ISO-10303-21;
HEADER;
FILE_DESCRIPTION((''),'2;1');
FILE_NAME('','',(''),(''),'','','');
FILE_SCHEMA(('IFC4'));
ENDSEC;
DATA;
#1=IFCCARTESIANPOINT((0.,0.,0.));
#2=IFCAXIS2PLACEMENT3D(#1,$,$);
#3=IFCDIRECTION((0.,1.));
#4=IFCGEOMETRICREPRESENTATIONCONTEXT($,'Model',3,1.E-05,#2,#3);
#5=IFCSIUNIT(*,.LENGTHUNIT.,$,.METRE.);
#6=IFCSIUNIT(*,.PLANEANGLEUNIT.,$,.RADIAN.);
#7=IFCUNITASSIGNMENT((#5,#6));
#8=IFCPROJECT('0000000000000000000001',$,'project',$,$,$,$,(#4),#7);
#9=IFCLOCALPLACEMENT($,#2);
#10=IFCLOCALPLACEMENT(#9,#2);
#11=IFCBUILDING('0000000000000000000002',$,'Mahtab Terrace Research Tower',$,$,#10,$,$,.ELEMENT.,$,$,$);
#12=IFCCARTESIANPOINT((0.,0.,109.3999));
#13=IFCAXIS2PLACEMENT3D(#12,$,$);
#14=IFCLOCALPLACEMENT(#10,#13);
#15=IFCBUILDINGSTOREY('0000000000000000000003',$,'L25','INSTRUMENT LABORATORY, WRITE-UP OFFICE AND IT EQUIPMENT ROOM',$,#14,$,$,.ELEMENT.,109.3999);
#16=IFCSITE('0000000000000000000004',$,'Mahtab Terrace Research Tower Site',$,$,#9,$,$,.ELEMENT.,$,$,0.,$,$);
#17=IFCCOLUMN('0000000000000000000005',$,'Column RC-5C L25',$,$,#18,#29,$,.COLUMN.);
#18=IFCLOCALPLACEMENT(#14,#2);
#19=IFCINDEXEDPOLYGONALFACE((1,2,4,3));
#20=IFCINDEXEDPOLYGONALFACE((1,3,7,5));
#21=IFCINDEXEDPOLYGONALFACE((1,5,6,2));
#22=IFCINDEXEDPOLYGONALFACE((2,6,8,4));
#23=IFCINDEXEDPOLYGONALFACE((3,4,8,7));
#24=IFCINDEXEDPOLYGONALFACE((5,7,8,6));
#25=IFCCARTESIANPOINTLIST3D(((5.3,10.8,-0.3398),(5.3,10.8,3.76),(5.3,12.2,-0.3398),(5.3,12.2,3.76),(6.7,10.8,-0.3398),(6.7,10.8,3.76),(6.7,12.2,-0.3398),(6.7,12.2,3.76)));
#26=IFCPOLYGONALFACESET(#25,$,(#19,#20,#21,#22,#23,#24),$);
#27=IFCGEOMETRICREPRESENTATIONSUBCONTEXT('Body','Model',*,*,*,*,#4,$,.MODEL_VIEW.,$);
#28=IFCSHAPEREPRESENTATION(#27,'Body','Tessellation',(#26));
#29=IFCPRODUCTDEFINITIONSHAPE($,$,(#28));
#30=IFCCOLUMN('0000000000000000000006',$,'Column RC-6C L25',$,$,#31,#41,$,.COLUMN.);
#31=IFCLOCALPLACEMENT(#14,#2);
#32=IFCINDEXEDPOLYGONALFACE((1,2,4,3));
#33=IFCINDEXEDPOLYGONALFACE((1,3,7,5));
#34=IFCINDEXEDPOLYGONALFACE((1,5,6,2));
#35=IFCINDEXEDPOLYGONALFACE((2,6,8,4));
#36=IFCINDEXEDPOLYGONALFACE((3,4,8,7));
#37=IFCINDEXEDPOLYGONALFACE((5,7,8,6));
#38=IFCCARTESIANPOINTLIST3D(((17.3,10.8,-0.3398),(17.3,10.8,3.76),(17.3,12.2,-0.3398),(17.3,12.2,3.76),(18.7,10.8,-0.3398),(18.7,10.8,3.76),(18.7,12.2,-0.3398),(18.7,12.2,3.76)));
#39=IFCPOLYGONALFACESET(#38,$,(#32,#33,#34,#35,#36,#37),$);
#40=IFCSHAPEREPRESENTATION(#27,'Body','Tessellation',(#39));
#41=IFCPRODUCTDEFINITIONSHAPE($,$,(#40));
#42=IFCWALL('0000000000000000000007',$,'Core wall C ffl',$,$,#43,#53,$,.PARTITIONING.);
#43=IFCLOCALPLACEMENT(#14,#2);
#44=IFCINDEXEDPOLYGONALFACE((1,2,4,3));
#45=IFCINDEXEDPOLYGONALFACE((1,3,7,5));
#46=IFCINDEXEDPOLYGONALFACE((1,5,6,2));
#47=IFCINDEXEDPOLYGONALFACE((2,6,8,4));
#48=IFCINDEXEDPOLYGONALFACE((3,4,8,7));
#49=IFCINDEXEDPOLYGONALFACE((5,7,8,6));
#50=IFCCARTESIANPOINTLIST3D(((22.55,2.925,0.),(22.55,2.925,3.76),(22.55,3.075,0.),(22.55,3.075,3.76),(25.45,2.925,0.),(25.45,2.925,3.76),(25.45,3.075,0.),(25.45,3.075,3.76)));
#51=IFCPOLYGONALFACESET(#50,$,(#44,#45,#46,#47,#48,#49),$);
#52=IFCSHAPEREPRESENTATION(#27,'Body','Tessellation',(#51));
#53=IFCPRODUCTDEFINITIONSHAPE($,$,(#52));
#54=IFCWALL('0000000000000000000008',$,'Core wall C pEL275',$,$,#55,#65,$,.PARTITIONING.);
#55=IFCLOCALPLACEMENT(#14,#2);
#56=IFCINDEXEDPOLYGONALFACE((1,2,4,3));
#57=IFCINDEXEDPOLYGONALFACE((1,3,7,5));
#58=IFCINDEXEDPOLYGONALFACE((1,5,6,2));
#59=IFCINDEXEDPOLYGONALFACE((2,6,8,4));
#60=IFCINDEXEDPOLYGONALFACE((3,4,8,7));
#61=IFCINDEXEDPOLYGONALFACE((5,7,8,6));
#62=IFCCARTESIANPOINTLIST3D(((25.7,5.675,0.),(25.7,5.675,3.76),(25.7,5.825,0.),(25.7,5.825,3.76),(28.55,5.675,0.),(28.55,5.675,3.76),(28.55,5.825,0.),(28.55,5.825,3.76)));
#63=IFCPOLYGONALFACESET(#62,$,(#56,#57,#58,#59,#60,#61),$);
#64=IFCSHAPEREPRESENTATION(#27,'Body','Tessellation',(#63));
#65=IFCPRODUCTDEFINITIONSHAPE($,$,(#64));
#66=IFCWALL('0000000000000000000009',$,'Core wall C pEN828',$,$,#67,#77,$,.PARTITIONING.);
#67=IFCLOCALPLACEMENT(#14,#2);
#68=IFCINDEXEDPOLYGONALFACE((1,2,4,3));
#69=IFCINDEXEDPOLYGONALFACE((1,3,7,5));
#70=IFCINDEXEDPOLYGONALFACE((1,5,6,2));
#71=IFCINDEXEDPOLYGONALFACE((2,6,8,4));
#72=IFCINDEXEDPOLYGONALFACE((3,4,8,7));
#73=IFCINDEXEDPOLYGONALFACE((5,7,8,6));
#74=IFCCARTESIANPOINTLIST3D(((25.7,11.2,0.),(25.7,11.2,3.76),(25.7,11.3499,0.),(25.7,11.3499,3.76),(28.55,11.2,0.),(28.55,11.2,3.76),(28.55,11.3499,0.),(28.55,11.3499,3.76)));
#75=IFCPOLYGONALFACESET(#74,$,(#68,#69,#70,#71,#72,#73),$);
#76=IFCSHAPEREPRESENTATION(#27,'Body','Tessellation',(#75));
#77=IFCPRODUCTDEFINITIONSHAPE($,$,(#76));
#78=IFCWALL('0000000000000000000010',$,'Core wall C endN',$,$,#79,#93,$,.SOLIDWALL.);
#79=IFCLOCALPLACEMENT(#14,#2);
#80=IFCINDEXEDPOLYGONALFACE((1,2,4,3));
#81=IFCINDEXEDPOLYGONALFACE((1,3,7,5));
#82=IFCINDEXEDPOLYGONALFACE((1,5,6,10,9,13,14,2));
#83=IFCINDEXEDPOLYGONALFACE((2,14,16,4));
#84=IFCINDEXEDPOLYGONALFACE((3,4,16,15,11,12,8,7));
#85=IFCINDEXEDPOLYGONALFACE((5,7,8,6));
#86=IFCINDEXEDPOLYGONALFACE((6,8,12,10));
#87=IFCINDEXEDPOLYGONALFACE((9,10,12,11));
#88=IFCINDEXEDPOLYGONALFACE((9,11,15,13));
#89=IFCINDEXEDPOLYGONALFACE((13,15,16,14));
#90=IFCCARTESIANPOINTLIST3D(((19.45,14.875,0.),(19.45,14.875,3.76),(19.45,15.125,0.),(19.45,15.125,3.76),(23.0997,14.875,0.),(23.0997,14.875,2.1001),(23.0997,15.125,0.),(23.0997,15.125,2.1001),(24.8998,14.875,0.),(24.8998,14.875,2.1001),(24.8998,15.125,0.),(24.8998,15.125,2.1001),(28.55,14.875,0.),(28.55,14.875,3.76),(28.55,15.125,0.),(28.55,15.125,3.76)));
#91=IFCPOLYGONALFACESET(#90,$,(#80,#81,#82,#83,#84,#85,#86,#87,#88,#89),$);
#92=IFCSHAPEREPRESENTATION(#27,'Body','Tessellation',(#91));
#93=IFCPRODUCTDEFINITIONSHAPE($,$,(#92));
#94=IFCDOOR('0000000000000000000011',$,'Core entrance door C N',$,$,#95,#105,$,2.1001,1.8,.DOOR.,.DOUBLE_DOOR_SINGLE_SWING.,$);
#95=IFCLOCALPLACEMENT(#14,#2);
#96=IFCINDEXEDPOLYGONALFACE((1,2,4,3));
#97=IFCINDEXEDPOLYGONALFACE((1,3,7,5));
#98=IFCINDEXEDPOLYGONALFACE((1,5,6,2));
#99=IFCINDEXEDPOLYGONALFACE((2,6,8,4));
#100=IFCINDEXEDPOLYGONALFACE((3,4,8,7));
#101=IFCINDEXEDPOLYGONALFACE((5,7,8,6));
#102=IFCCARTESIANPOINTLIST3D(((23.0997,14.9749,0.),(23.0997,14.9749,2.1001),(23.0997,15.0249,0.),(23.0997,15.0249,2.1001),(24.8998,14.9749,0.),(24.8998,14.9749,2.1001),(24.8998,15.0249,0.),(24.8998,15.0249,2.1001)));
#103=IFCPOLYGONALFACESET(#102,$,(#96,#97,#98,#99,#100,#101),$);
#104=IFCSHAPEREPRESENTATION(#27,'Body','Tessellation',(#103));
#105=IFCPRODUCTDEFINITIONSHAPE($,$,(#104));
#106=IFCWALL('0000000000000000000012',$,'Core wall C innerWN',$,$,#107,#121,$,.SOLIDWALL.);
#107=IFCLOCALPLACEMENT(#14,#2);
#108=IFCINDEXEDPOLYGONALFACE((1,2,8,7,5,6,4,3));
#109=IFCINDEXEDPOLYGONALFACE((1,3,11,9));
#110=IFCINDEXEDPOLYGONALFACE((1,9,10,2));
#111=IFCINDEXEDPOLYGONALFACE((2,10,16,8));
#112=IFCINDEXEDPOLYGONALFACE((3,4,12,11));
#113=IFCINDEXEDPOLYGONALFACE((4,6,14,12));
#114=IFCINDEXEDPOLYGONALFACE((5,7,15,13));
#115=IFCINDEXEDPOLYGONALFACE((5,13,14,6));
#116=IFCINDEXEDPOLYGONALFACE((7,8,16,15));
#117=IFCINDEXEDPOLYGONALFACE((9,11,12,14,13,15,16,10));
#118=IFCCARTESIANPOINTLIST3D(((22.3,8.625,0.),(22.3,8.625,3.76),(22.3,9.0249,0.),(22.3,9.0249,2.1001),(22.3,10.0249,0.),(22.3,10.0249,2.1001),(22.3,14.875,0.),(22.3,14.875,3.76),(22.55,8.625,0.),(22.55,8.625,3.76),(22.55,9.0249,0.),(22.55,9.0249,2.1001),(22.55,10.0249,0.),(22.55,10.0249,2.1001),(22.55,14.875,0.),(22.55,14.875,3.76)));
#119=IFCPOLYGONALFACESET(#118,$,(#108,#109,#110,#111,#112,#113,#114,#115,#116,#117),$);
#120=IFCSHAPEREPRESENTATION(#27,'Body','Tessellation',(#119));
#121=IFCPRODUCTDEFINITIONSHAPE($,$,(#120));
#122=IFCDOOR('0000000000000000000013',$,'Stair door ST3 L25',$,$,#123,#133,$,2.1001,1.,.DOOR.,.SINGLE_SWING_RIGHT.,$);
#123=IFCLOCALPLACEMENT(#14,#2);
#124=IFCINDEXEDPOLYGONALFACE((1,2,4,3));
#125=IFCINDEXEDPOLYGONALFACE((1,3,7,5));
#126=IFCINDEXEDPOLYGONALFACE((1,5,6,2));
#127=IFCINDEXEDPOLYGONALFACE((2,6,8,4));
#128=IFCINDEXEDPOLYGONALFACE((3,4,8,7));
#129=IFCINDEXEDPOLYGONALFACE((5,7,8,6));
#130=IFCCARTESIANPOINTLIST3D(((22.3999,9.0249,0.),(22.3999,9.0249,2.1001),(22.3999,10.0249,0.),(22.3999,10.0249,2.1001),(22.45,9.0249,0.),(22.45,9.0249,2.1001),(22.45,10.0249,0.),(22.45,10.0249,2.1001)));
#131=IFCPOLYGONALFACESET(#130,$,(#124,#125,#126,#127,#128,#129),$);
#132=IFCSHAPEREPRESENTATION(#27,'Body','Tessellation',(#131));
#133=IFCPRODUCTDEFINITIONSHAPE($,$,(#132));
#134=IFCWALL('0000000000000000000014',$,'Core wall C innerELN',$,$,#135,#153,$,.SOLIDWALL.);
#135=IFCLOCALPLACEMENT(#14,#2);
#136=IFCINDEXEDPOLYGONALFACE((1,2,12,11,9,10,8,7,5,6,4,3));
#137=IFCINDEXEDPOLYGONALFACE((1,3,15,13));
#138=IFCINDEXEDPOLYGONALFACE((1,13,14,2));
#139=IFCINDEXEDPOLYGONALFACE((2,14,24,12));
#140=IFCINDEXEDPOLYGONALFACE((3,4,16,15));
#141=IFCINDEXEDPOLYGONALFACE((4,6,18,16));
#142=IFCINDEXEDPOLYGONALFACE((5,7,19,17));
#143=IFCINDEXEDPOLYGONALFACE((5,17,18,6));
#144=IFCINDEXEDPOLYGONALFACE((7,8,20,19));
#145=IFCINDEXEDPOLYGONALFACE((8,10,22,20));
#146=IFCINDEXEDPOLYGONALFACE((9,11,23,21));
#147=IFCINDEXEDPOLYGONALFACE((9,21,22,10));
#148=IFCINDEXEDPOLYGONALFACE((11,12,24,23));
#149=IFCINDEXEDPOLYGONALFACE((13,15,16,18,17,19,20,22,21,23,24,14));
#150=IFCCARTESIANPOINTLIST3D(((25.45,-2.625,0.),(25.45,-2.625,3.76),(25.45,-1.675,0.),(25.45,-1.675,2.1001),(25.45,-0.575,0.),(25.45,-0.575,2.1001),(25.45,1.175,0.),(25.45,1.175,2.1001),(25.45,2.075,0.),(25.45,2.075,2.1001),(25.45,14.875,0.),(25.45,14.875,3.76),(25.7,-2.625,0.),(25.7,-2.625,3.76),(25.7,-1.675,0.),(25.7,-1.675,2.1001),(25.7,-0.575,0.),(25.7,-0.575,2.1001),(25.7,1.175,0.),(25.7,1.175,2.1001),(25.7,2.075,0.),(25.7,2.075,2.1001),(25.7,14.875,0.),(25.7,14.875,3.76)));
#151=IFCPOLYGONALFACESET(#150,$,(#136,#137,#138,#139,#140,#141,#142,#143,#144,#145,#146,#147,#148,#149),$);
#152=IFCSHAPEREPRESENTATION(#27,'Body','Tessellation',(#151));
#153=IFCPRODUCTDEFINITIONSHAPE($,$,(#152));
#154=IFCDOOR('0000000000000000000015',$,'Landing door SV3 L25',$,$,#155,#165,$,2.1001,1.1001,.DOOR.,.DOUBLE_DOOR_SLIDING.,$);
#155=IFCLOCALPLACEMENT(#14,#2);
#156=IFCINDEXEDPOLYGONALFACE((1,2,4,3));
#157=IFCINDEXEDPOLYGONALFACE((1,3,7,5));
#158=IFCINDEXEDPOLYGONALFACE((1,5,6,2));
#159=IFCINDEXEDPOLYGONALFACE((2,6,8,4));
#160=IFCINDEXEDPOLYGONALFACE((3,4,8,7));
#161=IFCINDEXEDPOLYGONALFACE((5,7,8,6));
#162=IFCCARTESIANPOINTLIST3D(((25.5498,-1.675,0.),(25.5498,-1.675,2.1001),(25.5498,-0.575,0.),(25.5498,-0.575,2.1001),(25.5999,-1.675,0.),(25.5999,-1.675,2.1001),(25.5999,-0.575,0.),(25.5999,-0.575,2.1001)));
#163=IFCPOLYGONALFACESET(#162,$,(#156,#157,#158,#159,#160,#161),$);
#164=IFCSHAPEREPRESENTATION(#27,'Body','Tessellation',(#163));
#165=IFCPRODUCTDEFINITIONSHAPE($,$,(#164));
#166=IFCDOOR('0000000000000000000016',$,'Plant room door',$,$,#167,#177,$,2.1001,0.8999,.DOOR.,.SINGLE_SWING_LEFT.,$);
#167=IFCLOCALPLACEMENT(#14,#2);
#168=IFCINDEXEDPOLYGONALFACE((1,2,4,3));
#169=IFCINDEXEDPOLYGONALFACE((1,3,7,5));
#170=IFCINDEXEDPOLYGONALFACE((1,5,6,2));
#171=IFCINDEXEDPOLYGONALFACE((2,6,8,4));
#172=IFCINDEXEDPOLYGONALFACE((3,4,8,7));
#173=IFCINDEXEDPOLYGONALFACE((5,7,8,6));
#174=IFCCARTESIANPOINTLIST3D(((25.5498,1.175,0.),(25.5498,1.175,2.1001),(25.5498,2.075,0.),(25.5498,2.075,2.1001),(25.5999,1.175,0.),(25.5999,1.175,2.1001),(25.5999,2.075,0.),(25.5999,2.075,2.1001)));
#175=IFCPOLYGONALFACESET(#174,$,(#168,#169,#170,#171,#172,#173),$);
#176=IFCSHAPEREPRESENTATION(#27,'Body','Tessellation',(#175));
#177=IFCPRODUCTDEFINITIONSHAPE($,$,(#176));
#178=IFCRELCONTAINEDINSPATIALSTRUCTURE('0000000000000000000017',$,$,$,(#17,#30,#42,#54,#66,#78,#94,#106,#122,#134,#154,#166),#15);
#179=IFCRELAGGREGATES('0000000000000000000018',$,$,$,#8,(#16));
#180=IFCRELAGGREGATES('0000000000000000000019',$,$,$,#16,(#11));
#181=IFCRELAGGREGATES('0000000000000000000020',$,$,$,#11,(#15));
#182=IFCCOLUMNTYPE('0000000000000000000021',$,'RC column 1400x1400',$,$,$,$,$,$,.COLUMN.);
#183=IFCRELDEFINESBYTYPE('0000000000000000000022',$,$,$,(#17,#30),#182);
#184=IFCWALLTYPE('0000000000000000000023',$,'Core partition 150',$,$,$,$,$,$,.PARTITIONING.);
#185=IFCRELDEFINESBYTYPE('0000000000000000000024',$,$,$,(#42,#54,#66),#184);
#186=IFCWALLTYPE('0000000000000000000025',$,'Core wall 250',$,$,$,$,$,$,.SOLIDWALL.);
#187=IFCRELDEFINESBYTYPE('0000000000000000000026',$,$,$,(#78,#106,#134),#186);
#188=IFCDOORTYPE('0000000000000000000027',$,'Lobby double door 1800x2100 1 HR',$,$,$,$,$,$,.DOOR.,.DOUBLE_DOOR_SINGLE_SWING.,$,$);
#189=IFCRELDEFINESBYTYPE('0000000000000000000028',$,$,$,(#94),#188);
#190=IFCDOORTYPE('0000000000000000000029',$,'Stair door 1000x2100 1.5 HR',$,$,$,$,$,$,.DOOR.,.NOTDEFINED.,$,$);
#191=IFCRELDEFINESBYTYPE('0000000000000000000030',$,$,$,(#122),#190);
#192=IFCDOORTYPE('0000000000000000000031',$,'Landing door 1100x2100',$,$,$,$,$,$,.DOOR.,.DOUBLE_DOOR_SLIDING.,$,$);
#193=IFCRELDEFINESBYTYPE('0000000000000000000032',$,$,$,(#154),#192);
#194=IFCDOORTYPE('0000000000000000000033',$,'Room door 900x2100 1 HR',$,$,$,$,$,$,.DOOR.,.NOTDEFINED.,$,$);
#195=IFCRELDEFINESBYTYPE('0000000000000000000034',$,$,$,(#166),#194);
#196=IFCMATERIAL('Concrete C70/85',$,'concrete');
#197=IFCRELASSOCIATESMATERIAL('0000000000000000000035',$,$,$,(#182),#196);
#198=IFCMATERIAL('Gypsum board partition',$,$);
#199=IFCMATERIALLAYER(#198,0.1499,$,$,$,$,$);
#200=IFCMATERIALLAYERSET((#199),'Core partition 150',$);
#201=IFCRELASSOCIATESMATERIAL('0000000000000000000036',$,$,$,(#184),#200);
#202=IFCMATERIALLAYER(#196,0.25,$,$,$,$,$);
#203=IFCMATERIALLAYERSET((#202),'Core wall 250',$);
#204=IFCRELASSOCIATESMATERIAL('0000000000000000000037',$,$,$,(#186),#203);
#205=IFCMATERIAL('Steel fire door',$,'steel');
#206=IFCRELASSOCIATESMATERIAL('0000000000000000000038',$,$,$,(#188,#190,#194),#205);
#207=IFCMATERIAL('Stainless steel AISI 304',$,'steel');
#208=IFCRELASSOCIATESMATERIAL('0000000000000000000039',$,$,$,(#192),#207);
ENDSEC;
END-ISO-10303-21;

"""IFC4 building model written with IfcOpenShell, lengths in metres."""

from ifc_helpers import new_model, si_unit, direction, frame, frame_2d, origin, origin_2d, place, context, subcontext, project, spatial, rectangle, extrude, material, layer, layer_set, material_profile, profile_set, type_object, element, fill, save


model = new_model("IFC4")

# Units and contexts
model_context = context("Model", 3, precision=1e-05, world=origin(), true_north=direction((0.0, 1.0)))
body_context = subcontext(model_context, "Body", "Model", "MODEL_VIEW")
ifc_project = project(units=[si_unit("LENGTHUNIT", "METRE"), si_unit("PLANEANGLEUNIT", "RADIAN")], contexts=[model_context])

# Site, building, storey
site_placement = place(None, origin())
site = spatial("IfcSite", under=ifc_project, at=site_placement, Name="Mahtab Terrace Research Tower Site", CompositionType="ELEMENT", RefElevation=0.0)
building_placement = place(site_placement, origin())
building = spatial("IfcBuilding", under=site, at=building_placement, Name="Mahtab Terrace Research Tower", CompositionType="ELEMENT")
storey_placement = place(building_placement, frame((0.0, 0.0, 109.3999)))
storey = spatial("IfcBuildingStorey", under=building, at=storey_placement, Name="L25", Description="INSTRUMENT LABORATORY, WRITE-UP OFFICE AND IT EQUIPMENT ROOM", CompositionType="ELEMENT", Elevation=109.3999)

# Columns
ifc_material_1 = material(Name="Concrete C70/85", Category="concrete")
ifc_material_profile = material_profile(ifc_material_1, rectangle(XDim=1.3999, YDim=1.3999, at=origin_2d()), Name="RC column 1400x1400")
ifc_profile_set = profile_set([ifc_material_profile], Name="Concrete C70/85")
column_type = type_object("IfcColumnType", Name="RC column 1400x1400", PredefinedType="COLUMN", material=ifc_profile_set)
for number, where, z_axis, x_axis, name in (
    (1, (6.0, 11.5, -0.3398), (0.0, 0.0, 1.0), (1.0, 0.0, 0.0), "Column RC-5C L25"),
    (2, (18.0, 11.5, -0.3398), (0.0, 0.0, 1.0), (1.0, 0.0, 0.0), "Column RC-6C L25"),
):
    element("IfcColumn", number, at=place(storey_placement, frame(where, z_axis=z_axis, x_axis=x_axis)), inside=storey, type_object=column_type, Name=name, PredefinedType="COLUMN", context=body_context, shape_type="SweptSolid", body=[
        extrude(rectangle(XDim=1.3999, YDim=1.3999, at=origin_2d()), origin(), (0.0, 0.0, 1.0), 4.0999),
    ])

# Walls
ifc_material_2 = material(Name="Gypsum board partition")
ifc_layer_1 = layer(ifc_material_2, 0.1499)
ifc_layer_set_1 = layer_set([ifc_layer_1], Name="Core partition 150")
wall_type_1 = type_object("IfcWallType", Name="Core partition 150", PredefinedType="PARTITIONING", material=ifc_layer_set_1)
wall_1_placement = place(storey_placement, frame((22.55, 3.0, 0.0), z_axis=(0.0, 0.0, 1.0), x_axis=(1.0, 0.0, 0.0)))
element("IfcWall", 3, at=wall_1_placement, inside=storey, type_object=wall_type_1, Name="Core wall C ffl", PredefinedType="PARTITIONING", context=body_context, shape_type="SweptSolid", body=[
    extrude(rectangle(XDim=2.8999, YDim=0.1499, at=frame_2d((1.45, 0.0))), origin(), (0.0, 0.0, 1.0), 3.76),
])
for number, where, z_axis, x_axis, name in (
    (4, (25.7, 5.75, 0.0), (0.0, 0.0, 1.0), (1.0, 0.0, 0.0), "Core wall C pEL275"),
    (5, (25.7, 11.2749, 0.0), (0.0, 0.0, 1.0), (1.0, 0.0, 0.0), "Core wall C pEN828"),
):
    element("IfcWall", number, at=place(storey_placement, frame(where, z_axis=z_axis, x_axis=x_axis)), inside=storey, type_object=wall_type_1, Name=name, PredefinedType="PARTITIONING", context=body_context, shape_type="SweptSolid", body=[
        extrude(rectangle(XDim=2.8501, YDim=0.1499, at=frame_2d((1.425, 0.0))), origin(), (0.0, 0.0, 1.0), 3.76),
    ])

# Walls, openings, doors
ifc_layer_2 = layer(ifc_material_1, 0.25)
ifc_layer_set_2 = layer_set([ifc_layer_2], Name="Core wall 250")
wall_type_2 = type_object("IfcWallType", Name="Core wall 250", PredefinedType="SOLIDWALL", material=ifc_layer_set_2)
wall_2_placement = place(storey_placement, frame((19.45, 15.0, 0.0), z_axis=(0.0, 0.0, 1.0), x_axis=(1.0, 0.0, 0.0)))
wall_2 = element("IfcWall", 6, at=wall_2_placement, inside=storey, type_object=wall_type_2, Name="Core wall C endN", PredefinedType="SOLIDWALL", context=body_context, shape_type="SweptSolid", body=[
    extrude(rectangle(XDim=9.1001, YDim=0.25, at=frame_2d((4.55, 0.0))), origin(), (0.0, 0.0, 1.0), 3.76),
])
opening_1_placement = place(wall_2_placement, frame((3.6499, 0.0, 0.0)))
opening_1 = element("IfcOpeningElement", 7, at=opening_1_placement, cuts=wall_2, PredefinedType="OPENING", context=body_context, shape_type="SweptSolid", body=[
    extrude(rectangle(XDim=1.8, YDim=2.1001, at=frame_2d((0.8999, 1.05))), frame((0.0, 0.135, 0.0), z_axis=(0.0, -1.0, 0.0), x_axis=(1.0, 0.0, 0.0)), (0.0, 0.0, 1.0), 0.27),
])
ifc_material_3 = material(Name="Steel fire door", Category="steel")
door_type_1 = type_object("IfcDoorType", Name="Lobby double door 1800x2100 1 HR", OperationType="DOUBLE_DOOR_SINGLE_SWING", PredefinedType="DOOR", material=ifc_material_3)
door_1_placement = place(opening_1_placement, origin())
door_1 = element("IfcDoor", 8, at=door_1_placement, inside=storey, type_object=door_type_1, Name="Core entrance door C N", OperationType="DOUBLE_DOOR_SINGLE_SWING", OverallHeight=2.1001, OverallWidth=1.8, PredefinedType="DOOR", context=body_context, shape_type="SweptSolid", body=[
    extrude(rectangle(XDim=1.8, YDim=2.1001, at=frame_2d((0.8999, 1.05))), frame((0.0, 0.0249, 0.0), z_axis=(0.0, -1.0, 0.0), x_axis=(1.0, 0.0, 0.0)), (0.0, 0.0, 1.0), 0.05),
])
fill(opening_1, door_1)
wall_3_placement = place(storey_placement, frame((22.425, 14.875, 0.0), z_axis=(0.0, 0.0, 1.0), x_axis=(0.0, -1.0, 0.0)))
wall_3 = element("IfcWall", 9, at=wall_3_placement, inside=storey, type_object=wall_type_2, Name="Core wall C innerWN", PredefinedType="SOLIDWALL", context=body_context, shape_type="SweptSolid", body=[
    extrude(rectangle(XDim=6.25, YDim=0.25, at=frame_2d((3.125, 0.0))), origin(), (0.0, 0.0, 1.0), 3.76),
])
opening_2_placement = place(wall_3_placement, frame((4.8501, 0.0, 0.0)))
opening_2 = element("IfcOpeningElement", 10, at=opening_2_placement, cuts=wall_3, PredefinedType="OPENING", context=body_context, shape_type="SweptSolid", body=[
    extrude(rectangle(XDim=1.0, YDim=2.1001, at=frame_2d((0.5, 1.05))), frame((0.0, 0.135, 0.0), z_axis=(0.0, -1.0, 0.0), x_axis=(1.0, 0.0, 0.0)), (0.0, 0.0, 1.0), 0.27),
])
door_type_2 = type_object("IfcDoorType", Name="Stair door 1000x2100 1.5 HR", OperationType="NOTDEFINED", PredefinedType="DOOR", material=ifc_material_3)
door_2_placement = place(opening_2_placement, origin())
door_2 = element("IfcDoor", 11, at=door_2_placement, inside=storey, type_object=door_type_2, Name="Stair door ST3 L25", OperationType="SINGLE_SWING_RIGHT", OverallHeight=2.1001, OverallWidth=1.0, PredefinedType="DOOR", context=body_context, shape_type="SweptSolid", body=[
    extrude(rectangle(XDim=1.0, YDim=2.1001, at=frame_2d((0.5, 1.05))), frame((0.0, 0.0249, 0.0), z_axis=(0.0, -1.0, 0.0), x_axis=(1.0, 0.0, 0.0)), (0.0, 0.0, 1.0), 0.05),
])
fill(opening_2, door_2)

# Wall, openings, doors
wall_4_placement = place(storey_placement, frame((25.575, 14.875, 0.0), z_axis=(0.0, 0.0, 1.0), x_axis=(0.0, -1.0, 0.0)))
wall_4 = element("IfcWall", 12, at=wall_4_placement, inside=storey, type_object=wall_type_2, Name="Core wall C innerELN", PredefinedType="SOLIDWALL", context=body_context, shape_type="SweptSolid", body=[
    extrude(rectangle(XDim=17.5, YDim=0.25, at=frame_2d((8.75, 0.0))), origin(), (0.0, 0.0, 1.0), 3.76),
])
opening_3_placement = place(wall_4_placement, frame((15.45, 0.0, 0.0)))
opening_3 = element("IfcOpeningElement", 13, at=opening_3_placement, cuts=wall_4, PredefinedType="OPENING", context=body_context, shape_type="SweptSolid", body=[
    extrude(rectangle(XDim=1.1001, YDim=2.1001, at=frame_2d((0.55, 1.05))), frame((0.0, 0.135, 0.0), z_axis=(0.0, -1.0, 0.0), x_axis=(1.0, 0.0, 0.0)), (0.0, 0.0, 1.0), 0.27),
])
opening_4_placement = place(wall_4_placement, frame((12.8, 0.0, 0.0)))
opening_4 = element("IfcOpeningElement", 14, at=opening_4_placement, cuts=wall_4, PredefinedType="OPENING", context=body_context, shape_type="SweptSolid", body=[
    extrude(rectangle(XDim=0.8999, YDim=2.1001, at=frame_2d((0.45, 1.05))), frame((0.0, 0.135, 0.0), z_axis=(0.0, -1.0, 0.0), x_axis=(1.0, 0.0, 0.0)), (0.0, 0.0, 1.0), 0.27),
])
ifc_material_4 = material(Name="Stainless steel AISI 304", Category="steel")
door_type_3 = type_object("IfcDoorType", Name="Landing door 1100x2100", OperationType="DOUBLE_DOOR_SLIDING", PredefinedType="DOOR", material=ifc_material_4)
door_3_placement = place(opening_3_placement, origin())
door_3 = element("IfcDoor", 15, at=door_3_placement, inside=storey, type_object=door_type_3, Name="Landing door SV3 L25", OperationType="DOUBLE_DOOR_SLIDING", OverallHeight=2.1001, OverallWidth=1.1001, PredefinedType="DOOR", context=body_context, shape_type="SweptSolid", body=[
    extrude(rectangle(XDim=1.1001, YDim=2.1001, at=frame_2d((0.55, 1.05))), frame((0.0, 0.0249, 0.0), z_axis=(0.0, -1.0, 0.0), x_axis=(1.0, 0.0, 0.0)), (0.0, 0.0, 1.0), 0.05),
])
fill(opening_3, door_3)
door_type_4 = type_object("IfcDoorType", Name="Room door 900x2100 1 HR", OperationType="NOTDEFINED", PredefinedType="DOOR", material=ifc_material_3)
door_4_placement = place(opening_4_placement, origin())
door_4 = element("IfcDoor", 16, at=door_4_placement, inside=storey, type_object=door_type_4, Name="Plant room door", OperationType="SINGLE_SWING_LEFT", OverallHeight=2.1001, OverallWidth=0.8999, PredefinedType="DOOR", context=body_context, shape_type="SweptSolid", body=[
    extrude(rectangle(XDim=0.8999, YDim=2.1001, at=frame_2d((0.45, 1.05))), frame((0.0, 0.0249, 0.0), z_axis=(0.0, -1.0, 0.0), x_axis=(1.0, 0.0, 0.0)), (0.0, 0.0, 1.0), 0.05),
])
fill(opening_4, door_4)

save(model, "model.ifc")
